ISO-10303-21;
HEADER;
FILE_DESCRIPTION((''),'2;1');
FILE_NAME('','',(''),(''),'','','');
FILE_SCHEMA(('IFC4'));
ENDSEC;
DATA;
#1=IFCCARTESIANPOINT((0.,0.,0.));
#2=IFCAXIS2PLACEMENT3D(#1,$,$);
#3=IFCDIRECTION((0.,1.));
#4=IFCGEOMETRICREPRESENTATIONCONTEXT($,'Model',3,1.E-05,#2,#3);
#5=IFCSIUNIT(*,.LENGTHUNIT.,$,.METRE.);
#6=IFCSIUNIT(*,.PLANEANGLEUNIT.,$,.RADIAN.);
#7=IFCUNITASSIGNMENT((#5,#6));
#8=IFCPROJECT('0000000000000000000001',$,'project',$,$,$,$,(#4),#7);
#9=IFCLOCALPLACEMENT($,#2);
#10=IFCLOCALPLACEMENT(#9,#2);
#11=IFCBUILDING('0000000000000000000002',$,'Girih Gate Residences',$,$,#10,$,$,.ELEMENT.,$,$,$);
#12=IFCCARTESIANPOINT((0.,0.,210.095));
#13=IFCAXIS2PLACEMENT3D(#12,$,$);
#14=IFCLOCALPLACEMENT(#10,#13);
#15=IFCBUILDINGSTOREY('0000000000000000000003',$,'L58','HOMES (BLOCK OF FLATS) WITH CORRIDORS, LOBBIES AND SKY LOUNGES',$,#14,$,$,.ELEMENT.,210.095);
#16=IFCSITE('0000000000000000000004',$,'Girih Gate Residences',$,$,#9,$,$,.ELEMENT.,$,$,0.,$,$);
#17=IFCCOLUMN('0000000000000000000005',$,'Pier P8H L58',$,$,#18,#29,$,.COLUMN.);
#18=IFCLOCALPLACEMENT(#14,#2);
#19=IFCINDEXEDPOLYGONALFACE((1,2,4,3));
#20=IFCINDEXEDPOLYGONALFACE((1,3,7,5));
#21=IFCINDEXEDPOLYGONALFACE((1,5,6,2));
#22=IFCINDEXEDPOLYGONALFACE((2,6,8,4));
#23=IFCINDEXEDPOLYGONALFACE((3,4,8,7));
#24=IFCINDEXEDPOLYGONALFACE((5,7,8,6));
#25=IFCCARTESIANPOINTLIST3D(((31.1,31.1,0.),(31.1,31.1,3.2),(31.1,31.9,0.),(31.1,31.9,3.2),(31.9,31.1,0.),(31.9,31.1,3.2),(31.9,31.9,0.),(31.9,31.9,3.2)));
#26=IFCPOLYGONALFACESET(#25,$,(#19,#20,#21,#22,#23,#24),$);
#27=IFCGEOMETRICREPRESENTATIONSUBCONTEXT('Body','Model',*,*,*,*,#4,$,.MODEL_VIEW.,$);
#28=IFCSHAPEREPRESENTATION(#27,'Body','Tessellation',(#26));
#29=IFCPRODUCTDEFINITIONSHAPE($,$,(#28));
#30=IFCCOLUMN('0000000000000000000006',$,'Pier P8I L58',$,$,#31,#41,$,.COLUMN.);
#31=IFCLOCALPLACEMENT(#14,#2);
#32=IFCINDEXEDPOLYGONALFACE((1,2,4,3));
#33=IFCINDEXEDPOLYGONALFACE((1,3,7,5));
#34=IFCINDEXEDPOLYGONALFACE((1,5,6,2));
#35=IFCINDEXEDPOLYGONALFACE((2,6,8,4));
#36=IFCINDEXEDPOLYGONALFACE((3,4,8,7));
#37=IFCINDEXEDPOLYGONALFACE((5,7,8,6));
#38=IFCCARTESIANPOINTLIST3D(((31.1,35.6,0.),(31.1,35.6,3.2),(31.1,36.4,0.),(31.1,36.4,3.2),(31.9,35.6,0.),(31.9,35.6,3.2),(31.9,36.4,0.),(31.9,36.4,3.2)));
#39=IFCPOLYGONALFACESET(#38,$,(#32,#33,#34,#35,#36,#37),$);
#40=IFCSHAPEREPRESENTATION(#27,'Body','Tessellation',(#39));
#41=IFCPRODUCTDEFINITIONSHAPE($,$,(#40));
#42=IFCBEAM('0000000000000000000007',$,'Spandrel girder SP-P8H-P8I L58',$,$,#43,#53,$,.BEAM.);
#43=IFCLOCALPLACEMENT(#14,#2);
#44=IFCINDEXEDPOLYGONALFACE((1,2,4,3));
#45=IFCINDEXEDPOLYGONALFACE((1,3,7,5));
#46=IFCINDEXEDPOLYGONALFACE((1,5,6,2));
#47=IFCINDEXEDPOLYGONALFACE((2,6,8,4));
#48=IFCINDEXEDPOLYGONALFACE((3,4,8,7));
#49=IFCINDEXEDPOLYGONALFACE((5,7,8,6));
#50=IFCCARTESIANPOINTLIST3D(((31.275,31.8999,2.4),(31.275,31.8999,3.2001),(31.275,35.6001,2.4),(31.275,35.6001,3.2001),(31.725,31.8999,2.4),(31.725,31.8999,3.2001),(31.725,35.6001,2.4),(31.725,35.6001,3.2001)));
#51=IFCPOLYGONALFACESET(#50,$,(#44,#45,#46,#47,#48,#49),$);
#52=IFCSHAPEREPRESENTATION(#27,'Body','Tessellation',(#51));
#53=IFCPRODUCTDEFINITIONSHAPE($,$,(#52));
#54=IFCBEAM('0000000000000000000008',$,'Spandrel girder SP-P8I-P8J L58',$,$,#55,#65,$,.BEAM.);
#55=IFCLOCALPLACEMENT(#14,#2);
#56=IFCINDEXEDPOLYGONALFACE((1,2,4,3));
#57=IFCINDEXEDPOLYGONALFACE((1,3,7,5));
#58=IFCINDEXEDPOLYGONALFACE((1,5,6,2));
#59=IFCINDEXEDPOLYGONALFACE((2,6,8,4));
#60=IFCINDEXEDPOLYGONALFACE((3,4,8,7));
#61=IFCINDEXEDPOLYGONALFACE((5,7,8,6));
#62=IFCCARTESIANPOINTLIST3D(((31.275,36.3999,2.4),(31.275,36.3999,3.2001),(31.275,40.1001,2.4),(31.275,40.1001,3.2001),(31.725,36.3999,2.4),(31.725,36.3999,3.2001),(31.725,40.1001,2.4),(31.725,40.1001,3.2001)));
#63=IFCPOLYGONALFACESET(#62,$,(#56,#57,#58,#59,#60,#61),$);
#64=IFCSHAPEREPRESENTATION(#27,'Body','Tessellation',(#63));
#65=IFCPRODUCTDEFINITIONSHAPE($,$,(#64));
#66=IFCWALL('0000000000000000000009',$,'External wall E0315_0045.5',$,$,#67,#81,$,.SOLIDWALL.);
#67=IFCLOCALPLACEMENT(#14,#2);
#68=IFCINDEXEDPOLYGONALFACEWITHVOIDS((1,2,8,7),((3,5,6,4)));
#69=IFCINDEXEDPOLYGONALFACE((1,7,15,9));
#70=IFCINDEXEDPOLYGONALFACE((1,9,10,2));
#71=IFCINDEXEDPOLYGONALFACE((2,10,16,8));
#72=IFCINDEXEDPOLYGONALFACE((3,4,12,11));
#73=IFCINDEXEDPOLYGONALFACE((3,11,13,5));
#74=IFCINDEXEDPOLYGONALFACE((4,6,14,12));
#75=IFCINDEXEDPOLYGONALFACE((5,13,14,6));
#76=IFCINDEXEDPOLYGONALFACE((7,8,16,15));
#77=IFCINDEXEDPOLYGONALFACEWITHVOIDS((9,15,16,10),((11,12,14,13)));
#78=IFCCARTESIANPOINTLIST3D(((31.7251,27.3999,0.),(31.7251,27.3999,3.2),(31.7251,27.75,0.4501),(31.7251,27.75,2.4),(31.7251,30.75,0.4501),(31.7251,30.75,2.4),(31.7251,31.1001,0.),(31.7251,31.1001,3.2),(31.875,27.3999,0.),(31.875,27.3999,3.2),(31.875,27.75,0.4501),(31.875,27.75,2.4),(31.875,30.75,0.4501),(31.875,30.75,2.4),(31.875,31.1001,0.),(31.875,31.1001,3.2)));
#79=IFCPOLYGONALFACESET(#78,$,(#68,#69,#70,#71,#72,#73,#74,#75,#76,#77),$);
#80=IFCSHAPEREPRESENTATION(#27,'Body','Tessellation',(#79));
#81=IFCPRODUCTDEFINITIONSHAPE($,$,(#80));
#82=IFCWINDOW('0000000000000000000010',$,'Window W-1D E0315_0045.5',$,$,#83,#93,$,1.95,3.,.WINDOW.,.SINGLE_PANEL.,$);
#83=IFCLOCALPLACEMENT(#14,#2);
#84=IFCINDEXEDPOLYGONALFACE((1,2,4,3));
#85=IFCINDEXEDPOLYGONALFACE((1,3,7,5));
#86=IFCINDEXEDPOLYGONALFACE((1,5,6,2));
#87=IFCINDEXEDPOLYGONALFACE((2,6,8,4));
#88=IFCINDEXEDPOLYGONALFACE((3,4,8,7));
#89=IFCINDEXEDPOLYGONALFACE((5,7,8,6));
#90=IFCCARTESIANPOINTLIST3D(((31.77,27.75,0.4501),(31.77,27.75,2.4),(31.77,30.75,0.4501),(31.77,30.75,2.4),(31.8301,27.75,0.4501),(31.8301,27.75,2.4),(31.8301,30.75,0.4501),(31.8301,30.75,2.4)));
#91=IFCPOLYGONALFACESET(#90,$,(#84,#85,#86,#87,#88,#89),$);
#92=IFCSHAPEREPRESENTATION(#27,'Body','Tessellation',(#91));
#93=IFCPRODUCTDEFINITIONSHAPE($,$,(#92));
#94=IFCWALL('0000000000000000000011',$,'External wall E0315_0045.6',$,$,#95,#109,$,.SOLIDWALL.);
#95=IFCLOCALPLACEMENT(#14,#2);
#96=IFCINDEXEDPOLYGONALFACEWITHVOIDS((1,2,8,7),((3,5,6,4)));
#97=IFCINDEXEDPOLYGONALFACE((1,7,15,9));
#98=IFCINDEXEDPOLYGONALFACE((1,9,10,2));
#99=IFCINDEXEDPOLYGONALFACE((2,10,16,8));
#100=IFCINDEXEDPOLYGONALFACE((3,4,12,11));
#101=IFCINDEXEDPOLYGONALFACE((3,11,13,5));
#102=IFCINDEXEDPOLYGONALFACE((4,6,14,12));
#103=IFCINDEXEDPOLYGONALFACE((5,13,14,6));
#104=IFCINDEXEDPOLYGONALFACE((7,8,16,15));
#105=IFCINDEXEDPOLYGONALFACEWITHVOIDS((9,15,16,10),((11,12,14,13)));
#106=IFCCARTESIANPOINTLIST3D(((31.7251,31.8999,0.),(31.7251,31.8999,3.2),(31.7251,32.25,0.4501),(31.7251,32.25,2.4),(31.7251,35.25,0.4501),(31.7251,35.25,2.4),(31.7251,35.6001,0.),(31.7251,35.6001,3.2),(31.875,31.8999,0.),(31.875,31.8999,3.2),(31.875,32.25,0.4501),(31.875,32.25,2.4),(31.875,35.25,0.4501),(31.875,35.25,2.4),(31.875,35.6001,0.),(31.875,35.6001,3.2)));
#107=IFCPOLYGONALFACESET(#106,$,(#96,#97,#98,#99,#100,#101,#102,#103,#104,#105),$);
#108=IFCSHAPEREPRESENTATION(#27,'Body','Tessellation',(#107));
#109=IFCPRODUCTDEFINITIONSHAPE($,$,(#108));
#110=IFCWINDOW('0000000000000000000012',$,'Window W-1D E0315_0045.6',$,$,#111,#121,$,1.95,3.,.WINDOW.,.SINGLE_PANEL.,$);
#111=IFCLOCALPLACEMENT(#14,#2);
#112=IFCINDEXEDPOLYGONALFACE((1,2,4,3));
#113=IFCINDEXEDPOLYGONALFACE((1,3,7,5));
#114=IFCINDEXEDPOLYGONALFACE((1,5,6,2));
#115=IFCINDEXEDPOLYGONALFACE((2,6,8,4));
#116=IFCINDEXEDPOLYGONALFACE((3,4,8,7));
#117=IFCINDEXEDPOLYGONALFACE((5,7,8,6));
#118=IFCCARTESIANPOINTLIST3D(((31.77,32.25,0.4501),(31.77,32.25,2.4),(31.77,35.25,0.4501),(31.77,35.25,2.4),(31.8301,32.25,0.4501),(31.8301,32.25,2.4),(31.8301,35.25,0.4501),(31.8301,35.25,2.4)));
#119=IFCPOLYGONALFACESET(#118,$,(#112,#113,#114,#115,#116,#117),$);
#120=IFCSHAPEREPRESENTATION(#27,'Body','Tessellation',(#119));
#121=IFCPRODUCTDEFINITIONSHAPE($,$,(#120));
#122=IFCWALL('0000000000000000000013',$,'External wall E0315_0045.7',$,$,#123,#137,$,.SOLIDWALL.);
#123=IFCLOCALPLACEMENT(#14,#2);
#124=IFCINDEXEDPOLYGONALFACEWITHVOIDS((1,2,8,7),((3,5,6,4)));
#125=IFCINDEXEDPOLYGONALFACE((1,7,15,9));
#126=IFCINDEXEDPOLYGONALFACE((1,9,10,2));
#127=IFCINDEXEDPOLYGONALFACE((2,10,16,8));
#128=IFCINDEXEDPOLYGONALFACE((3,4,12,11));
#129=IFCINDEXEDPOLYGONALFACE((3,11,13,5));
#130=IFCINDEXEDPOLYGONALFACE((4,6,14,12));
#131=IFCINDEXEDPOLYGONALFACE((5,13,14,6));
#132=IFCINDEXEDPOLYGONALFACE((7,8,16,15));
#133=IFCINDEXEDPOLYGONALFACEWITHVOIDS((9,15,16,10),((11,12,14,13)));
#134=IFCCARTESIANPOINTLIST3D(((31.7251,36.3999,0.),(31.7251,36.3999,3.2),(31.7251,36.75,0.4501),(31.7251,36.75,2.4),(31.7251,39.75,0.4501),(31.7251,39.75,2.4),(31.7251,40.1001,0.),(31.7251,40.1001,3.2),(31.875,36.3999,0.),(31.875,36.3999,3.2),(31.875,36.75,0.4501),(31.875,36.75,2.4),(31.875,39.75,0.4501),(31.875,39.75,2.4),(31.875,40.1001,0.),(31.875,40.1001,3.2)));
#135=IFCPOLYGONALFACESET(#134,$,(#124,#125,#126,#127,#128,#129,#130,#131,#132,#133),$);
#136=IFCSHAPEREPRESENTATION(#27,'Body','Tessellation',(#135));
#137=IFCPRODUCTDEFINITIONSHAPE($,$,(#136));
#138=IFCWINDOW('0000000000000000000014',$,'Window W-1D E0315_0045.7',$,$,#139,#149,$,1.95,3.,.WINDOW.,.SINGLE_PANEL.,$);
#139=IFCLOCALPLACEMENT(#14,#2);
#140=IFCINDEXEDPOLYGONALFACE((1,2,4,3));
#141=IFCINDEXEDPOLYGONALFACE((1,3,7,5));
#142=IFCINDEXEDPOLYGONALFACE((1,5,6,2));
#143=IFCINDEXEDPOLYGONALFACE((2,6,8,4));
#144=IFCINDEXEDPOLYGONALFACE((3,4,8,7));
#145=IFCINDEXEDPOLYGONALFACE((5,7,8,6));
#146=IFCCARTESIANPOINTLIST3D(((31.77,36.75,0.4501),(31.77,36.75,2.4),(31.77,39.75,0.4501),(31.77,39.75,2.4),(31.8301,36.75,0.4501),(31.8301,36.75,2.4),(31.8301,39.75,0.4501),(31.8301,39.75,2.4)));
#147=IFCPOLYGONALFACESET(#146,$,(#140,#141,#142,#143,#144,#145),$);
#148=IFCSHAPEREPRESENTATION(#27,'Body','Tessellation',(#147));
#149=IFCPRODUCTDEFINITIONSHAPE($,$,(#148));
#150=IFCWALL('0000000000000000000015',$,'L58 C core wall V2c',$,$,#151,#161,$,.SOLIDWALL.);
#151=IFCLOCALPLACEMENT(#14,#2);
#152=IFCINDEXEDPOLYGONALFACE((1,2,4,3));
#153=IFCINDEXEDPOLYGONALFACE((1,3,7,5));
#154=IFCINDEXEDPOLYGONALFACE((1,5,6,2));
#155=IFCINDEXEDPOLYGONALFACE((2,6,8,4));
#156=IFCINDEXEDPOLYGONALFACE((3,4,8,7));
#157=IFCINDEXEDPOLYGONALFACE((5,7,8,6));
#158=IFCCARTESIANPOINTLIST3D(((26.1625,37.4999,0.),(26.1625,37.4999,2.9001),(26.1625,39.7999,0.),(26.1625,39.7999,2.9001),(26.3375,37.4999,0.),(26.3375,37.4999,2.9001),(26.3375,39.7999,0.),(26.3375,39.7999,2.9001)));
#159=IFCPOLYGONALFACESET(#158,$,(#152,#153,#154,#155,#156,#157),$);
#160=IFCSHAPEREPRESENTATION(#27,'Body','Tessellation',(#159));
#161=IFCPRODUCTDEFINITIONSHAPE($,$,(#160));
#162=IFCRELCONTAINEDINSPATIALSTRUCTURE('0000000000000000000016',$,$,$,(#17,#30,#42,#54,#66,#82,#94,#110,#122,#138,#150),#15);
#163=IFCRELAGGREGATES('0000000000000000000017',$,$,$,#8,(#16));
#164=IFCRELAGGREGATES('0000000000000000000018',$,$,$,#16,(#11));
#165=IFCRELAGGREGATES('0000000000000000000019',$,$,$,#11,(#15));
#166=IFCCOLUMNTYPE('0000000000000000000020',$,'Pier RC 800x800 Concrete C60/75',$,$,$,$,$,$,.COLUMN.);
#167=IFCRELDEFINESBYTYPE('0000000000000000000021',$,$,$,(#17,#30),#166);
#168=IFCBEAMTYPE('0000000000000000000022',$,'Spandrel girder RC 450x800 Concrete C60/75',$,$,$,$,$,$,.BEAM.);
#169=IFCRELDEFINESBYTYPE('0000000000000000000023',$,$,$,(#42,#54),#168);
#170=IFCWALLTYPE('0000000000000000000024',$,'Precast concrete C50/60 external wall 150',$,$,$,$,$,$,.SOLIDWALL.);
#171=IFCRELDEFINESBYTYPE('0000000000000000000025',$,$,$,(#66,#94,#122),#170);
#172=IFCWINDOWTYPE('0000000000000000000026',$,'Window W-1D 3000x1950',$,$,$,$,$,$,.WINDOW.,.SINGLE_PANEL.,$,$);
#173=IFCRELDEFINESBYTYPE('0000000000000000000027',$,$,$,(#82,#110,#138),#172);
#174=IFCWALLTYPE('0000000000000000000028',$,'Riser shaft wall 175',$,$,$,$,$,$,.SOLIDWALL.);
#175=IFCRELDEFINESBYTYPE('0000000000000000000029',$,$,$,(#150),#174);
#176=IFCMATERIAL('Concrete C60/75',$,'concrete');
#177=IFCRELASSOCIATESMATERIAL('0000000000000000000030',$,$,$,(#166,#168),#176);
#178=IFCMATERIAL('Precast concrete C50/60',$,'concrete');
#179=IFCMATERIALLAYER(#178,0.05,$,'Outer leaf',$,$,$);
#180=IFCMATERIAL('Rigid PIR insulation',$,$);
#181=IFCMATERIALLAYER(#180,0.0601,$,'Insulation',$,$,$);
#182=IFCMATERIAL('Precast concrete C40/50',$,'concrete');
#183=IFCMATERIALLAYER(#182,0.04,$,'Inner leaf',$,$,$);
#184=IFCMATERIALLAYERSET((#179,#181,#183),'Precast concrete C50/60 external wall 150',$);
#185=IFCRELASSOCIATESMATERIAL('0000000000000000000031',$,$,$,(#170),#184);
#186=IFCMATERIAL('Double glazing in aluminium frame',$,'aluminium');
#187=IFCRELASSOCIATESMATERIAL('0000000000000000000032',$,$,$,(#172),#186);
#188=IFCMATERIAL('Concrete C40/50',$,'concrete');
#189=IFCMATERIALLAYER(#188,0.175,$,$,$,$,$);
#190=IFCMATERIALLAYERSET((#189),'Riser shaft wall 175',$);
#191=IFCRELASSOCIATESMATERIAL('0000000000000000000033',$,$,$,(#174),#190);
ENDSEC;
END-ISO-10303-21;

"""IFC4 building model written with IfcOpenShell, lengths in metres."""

from ifc_helpers import new_model, si_unit, direction, frame, frame_2d, origin, origin_2d, place, context, subcontext, project, spatial, rectangle, extrude, material, layer, layer_set, material_profile, profile_set, type_object, element, fill, save


model = new_model("IFC4")

# Units and contexts
model_context = context("Model", 3, precision=1e-05, world=origin(), true_north=direction((0.0, 1.0)))
body_context = subcontext(model_context, "Body", "Model", "MODEL_VIEW")
ifc_project = project(units=[si_unit("LENGTHUNIT", "METRE"), si_unit("PLANEANGLEUNIT", "RADIAN")], contexts=[model_context])

# Site, building, storey
site_placement = place(None, origin())
site = spatial("IfcSite", under=ifc_project, at=site_placement, Name="Girih Gate Residences", CompositionType="ELEMENT", RefElevation=0.0)
building_placement = place(site_placement, origin())
building = spatial("IfcBuilding", under=site, at=building_placement, Name="Girih Gate Residences", CompositionType="ELEMENT")
storey_placement = place(building_placement, frame((0.0, 0.0, 210.095)))
storey = spatial("IfcBuildingStorey", under=building, at=storey_placement, Name="L58", Description="HOMES (BLOCK OF FLATS) WITH CORRIDORS, LOBBIES AND SKY LOUNGES", CompositionType="ELEMENT", Elevation=210.095)

# Columns
ifc_material_1 = material(Name="Concrete C60/75", Category="concrete")
ifc_material_profile_1 = material_profile(ifc_material_1, rectangle(XDim=0.8, YDim=0.8, at=origin_2d()))
ifc_profile_set_1 = profile_set([ifc_material_profile_1], Name="Concrete C60/75")
column_type = type_object("IfcColumnType", Name="Pier RC 800x800 Concrete C60/75", PredefinedType="COLUMN", material=ifc_profile_set_1)
for number, where, z_axis, x_axis, name in (
    (1, (31.5, 31.5, 0.0), (0.0, 0.0, 1.0), (1.0, 0.0, 0.0), "Pier P8H L58"),
    (2, (31.5, 36.0, 0.0), (0.0, 0.0, 1.0), (1.0, 0.0, 0.0), "Pier P8I L58"),
):
    element("IfcColumn", number, at=place(storey_placement, frame(where, z_axis=z_axis, x_axis=x_axis)), inside=storey, type_object=column_type, Name=name, PredefinedType="COLUMN", context=body_context, shape_type="SweptSolid", body=[
        extrude(rectangle(XDim=0.8, YDim=0.8, at=origin_2d()), origin(), (0.0, 0.0, 1.0), 3.2),
    ])

# Beams
ifc_material_profile_2 = material_profile(ifc_material_1, rectangle(XDim=0.45, YDim=0.8, at=origin_2d()))
ifc_profile_set_2 = profile_set([ifc_material_profile_2], Name="Concrete C60/75")
beam_type = type_object("IfcBeamType", Name="Spandrel girder RC 450x800 Concrete C60/75", PredefinedType="BEAM", material=ifc_profile_set_2)
for number, where, z_axis, x_axis, name in (
    (3, (31.5, 31.8999, 2.8), (0.0, 1.0, 0.0), (-1.0, 0.0, 0.0), "Spandrel girder SP-P8H-P8I L58"),
    (4, (31.5, 36.3999, 2.8), (0.0, 1.0, 0.0), (-1.0, 0.0, 0.0), "Spandrel girder SP-P8I-P8J L58"),
):
    element("IfcBeam", number, at=place(storey_placement, frame(where, z_axis=z_axis, x_axis=x_axis)), inside=storey, type_object=beam_type, Name=name, PredefinedType="BEAM", context=body_context, shape_type="SweptSolid", body=[
        extrude(rectangle(XDim=0.45, YDim=0.8, at=origin_2d()), origin(), (0.0, 0.0, 1.0), 3.7002),
    ])

# Walls, openings, windows
ifc_material_2 = material(Name="Precast concrete C50/60", Category="concrete")
ifc_layer_1 = layer(ifc_material_2, 0.05, Name="Outer leaf")
ifc_material_3 = material(Name="Rigid PIR insulation")
ifc_layer_2 = layer(ifc_material_3, 0.0601, Name="Insulation")
ifc_material_4 = material(Name="Precast concrete C40/50", Category="concrete")
ifc_layer_3 = layer(ifc_material_4, 0.04, Name="Inner leaf")
ifc_layer_set_1 = layer_set([ifc_layer_1, ifc_layer_2, ifc_layer_3], Name="Precast concrete C50/60 external wall 150")
wall_type_1 = type_object("IfcWallType", Name="Precast concrete C50/60 external wall 150", PredefinedType="SOLIDWALL", material=ifc_layer_set_1)
wall_1_placement = place(storey_placement, frame((31.8, 31.1001, 0.0), z_axis=(0.0, 0.0, 1.0), x_axis=(0.0, -1.0, 0.0)))
wall_1 = element("IfcWall", 5, at=wall_1_placement, inside=storey, type_object=wall_type_1, Name="External wall E0315_0045.5", PredefinedType="SOLIDWALL", context=body_context, shape_type="SweptSolid", body=[
    extrude(rectangle(XDim=3.7002, YDim=0.1499, at=frame_2d((1.8501, 0.0))), origin(), (0.0, 0.0, 1.0), 3.2),
])
opening_1_placement = place(wall_1_placement, frame((0.3501, 0.0, 0.45)))
opening_1 = element("IfcOpeningElement", 6, at=opening_1_placement, cuts=wall_1, PredefinedType="OPENING", context=body_context, shape_type="SweptSolid", body=[
    extrude(rectangle(XDim=3.0, YDim=1.95, at=frame_2d((1.5, 0.9751))), frame((0.0, 0.085, 0.0), z_axis=(0.0, -1.0, 0.0), x_axis=(1.0, 0.0, 0.0)), (0.0, 0.0, 1.0), 0.1699),
])
ifc_material_5 = material(Name="Double glazing in aluminium frame", Category="aluminium")
window_type = type_object("IfcWindowType", Name="Window W-1D 3000x1950", PartitioningType="SINGLE_PANEL", PredefinedType="WINDOW", material=ifc_material_5)
window_1_placement = place(opening_1_placement, origin())
window_1 = element("IfcWindow", 7, at=window_1_placement, inside=storey, type_object=window_type, Name="Window W-1D E0315_0045.5", OverallHeight=1.95, OverallWidth=3.0, PartitioningType="SINGLE_PANEL", PredefinedType="WINDOW", context=body_context, shape_type="SweptSolid", body=[
    extrude(rectangle(XDim=3.0, YDim=1.95, at=frame_2d((1.5, 0.9751))), frame((0.0, 0.03, 0.0), z_axis=(0.0, -1.0, 0.0), x_axis=(1.0, 0.0, 0.0)), (0.0, 0.0, 1.0), 0.0601),
])
fill(opening_1, window_1)
wall_2_placement = place(storey_placement, frame((31.8, 35.6001, 0.0), z_axis=(0.0, 0.0, 1.0), x_axis=(0.0, -1.0, 0.0)))
wall_2 = element("IfcWall", 8, at=wall_2_placement, inside=storey, type_object=wall_type_1, Name="External wall E0315_0045.6", PredefinedType="SOLIDWALL", context=body_context, shape_type="SweptSolid", body=[
    extrude(rectangle(XDim=3.7002, YDim=0.1499, at=frame_2d((1.8501, 0.0))), origin(), (0.0, 0.0, 1.0), 3.2),
])
opening_2_placement = place(wall_2_placement, frame((0.3501, 0.0, 0.45)))
opening_2 = element("IfcOpeningElement", 9, at=opening_2_placement, cuts=wall_2, PredefinedType="OPENING", context=body_context, shape_type="SweptSolid", body=[
    extrude(rectangle(XDim=3.0, YDim=1.95, at=frame_2d((1.5, 0.9751))), frame((0.0, 0.085, 0.0), z_axis=(0.0, -1.0, 0.0), x_axis=(1.0, 0.0, 0.0)), (0.0, 0.0, 1.0), 0.1699),
])
window_2_placement = place(opening_2_placement, origin())
window_2 = element("IfcWindow", 10, at=window_2_placement, inside=storey, type_object=window_type, Name="Window W-1D E0315_0045.6", OverallHeight=1.95, OverallWidth=3.0, PartitioningType="SINGLE_PANEL", PredefinedType="WINDOW", context=body_context, shape_type="SweptSolid", body=[
    extrude(rectangle(XDim=3.0, YDim=1.95, at=frame_2d((1.5, 0.9751))), frame((0.0, 0.03, 0.0), z_axis=(0.0, -1.0, 0.0), x_axis=(1.0, 0.0, 0.0)), (0.0, 0.0, 1.0), 0.0601),
])
fill(opening_2, window_2)
wall_3_placement = place(storey_placement, frame((31.8, 40.1001, 0.0), z_axis=(0.0, 0.0, 1.0), x_axis=(0.0, -1.0, 0.0)))
wall_3 = element("IfcWall", 11, at=wall_3_placement, inside=storey, type_object=wall_type_1, Name="External wall E0315_0045.7", PredefinedType="SOLIDWALL", context=body_context, shape_type="SweptSolid", body=[
    extrude(rectangle(XDim=3.7002, YDim=0.1499, at=frame_2d((1.8501, 0.0))), origin(), (0.0, 0.0, 1.0), 3.2),
])
opening_3_placement = place(wall_3_placement, frame((0.3501, 0.0, 0.45)))
opening_3 = element("IfcOpeningElement", 12, at=opening_3_placement, cuts=wall_3, PredefinedType="OPENING", context=body_context, shape_type="SweptSolid", body=[
    extrude(rectangle(XDim=3.0, YDim=1.95, at=frame_2d((1.5, 0.9751))), frame((0.0, 0.085, 0.0), z_axis=(0.0, -1.0, 0.0), x_axis=(1.0, 0.0, 0.0)), (0.0, 0.0, 1.0), 0.1699),
])
window_3_placement = place(opening_3_placement, origin())
window_3 = element("IfcWindow", 13, at=window_3_placement, inside=storey, type_object=window_type, Name="Window W-1D E0315_0045.7", OverallHeight=1.95, OverallWidth=3.0, PartitioningType="SINGLE_PANEL", PredefinedType="WINDOW", context=body_context, shape_type="SweptSolid", body=[
    extrude(rectangle(XDim=3.0, YDim=1.95, at=frame_2d((1.5, 0.9751))), frame((0.0, 0.03, 0.0), z_axis=(0.0, -1.0, 0.0), x_axis=(1.0, 0.0, 0.0)), (0.0, 0.0, 1.0), 0.0601),
])
fill(opening_3, window_3)

# Wall
ifc_material_6 = material(Name="Concrete C40/50", Category="concrete")
ifc_layer_4 = layer(ifc_material_6, 0.175)
ifc_layer_set_2 = layer_set([ifc_layer_4], Name="Riser shaft wall 175")
wall_type_2 = type_object("IfcWallType", Name="Riser shaft wall 175", PredefinedType="SOLIDWALL", material=ifc_layer_set_2)
wall_4_placement = place(storey_placement, frame((26.25, 37.5, 0.0), z_axis=(0.0, 0.0, 1.0), x_axis=(0.0, 1.0, 0.0)))
element("IfcWall", 14, at=wall_4_placement, inside=storey, type_object=wall_type_2, Name="L58 C core wall V2c", PredefinedType="SOLIDWALL", context=body_context, shape_type="SweptSolid", body=[
    extrude(rectangle(XDim=2.3, YDim=0.175, at=frame_2d((1.1499, 0.0))), origin(), (0.0, 0.0, 1.0), 2.9001),
])

save(model, "model.ifc")
